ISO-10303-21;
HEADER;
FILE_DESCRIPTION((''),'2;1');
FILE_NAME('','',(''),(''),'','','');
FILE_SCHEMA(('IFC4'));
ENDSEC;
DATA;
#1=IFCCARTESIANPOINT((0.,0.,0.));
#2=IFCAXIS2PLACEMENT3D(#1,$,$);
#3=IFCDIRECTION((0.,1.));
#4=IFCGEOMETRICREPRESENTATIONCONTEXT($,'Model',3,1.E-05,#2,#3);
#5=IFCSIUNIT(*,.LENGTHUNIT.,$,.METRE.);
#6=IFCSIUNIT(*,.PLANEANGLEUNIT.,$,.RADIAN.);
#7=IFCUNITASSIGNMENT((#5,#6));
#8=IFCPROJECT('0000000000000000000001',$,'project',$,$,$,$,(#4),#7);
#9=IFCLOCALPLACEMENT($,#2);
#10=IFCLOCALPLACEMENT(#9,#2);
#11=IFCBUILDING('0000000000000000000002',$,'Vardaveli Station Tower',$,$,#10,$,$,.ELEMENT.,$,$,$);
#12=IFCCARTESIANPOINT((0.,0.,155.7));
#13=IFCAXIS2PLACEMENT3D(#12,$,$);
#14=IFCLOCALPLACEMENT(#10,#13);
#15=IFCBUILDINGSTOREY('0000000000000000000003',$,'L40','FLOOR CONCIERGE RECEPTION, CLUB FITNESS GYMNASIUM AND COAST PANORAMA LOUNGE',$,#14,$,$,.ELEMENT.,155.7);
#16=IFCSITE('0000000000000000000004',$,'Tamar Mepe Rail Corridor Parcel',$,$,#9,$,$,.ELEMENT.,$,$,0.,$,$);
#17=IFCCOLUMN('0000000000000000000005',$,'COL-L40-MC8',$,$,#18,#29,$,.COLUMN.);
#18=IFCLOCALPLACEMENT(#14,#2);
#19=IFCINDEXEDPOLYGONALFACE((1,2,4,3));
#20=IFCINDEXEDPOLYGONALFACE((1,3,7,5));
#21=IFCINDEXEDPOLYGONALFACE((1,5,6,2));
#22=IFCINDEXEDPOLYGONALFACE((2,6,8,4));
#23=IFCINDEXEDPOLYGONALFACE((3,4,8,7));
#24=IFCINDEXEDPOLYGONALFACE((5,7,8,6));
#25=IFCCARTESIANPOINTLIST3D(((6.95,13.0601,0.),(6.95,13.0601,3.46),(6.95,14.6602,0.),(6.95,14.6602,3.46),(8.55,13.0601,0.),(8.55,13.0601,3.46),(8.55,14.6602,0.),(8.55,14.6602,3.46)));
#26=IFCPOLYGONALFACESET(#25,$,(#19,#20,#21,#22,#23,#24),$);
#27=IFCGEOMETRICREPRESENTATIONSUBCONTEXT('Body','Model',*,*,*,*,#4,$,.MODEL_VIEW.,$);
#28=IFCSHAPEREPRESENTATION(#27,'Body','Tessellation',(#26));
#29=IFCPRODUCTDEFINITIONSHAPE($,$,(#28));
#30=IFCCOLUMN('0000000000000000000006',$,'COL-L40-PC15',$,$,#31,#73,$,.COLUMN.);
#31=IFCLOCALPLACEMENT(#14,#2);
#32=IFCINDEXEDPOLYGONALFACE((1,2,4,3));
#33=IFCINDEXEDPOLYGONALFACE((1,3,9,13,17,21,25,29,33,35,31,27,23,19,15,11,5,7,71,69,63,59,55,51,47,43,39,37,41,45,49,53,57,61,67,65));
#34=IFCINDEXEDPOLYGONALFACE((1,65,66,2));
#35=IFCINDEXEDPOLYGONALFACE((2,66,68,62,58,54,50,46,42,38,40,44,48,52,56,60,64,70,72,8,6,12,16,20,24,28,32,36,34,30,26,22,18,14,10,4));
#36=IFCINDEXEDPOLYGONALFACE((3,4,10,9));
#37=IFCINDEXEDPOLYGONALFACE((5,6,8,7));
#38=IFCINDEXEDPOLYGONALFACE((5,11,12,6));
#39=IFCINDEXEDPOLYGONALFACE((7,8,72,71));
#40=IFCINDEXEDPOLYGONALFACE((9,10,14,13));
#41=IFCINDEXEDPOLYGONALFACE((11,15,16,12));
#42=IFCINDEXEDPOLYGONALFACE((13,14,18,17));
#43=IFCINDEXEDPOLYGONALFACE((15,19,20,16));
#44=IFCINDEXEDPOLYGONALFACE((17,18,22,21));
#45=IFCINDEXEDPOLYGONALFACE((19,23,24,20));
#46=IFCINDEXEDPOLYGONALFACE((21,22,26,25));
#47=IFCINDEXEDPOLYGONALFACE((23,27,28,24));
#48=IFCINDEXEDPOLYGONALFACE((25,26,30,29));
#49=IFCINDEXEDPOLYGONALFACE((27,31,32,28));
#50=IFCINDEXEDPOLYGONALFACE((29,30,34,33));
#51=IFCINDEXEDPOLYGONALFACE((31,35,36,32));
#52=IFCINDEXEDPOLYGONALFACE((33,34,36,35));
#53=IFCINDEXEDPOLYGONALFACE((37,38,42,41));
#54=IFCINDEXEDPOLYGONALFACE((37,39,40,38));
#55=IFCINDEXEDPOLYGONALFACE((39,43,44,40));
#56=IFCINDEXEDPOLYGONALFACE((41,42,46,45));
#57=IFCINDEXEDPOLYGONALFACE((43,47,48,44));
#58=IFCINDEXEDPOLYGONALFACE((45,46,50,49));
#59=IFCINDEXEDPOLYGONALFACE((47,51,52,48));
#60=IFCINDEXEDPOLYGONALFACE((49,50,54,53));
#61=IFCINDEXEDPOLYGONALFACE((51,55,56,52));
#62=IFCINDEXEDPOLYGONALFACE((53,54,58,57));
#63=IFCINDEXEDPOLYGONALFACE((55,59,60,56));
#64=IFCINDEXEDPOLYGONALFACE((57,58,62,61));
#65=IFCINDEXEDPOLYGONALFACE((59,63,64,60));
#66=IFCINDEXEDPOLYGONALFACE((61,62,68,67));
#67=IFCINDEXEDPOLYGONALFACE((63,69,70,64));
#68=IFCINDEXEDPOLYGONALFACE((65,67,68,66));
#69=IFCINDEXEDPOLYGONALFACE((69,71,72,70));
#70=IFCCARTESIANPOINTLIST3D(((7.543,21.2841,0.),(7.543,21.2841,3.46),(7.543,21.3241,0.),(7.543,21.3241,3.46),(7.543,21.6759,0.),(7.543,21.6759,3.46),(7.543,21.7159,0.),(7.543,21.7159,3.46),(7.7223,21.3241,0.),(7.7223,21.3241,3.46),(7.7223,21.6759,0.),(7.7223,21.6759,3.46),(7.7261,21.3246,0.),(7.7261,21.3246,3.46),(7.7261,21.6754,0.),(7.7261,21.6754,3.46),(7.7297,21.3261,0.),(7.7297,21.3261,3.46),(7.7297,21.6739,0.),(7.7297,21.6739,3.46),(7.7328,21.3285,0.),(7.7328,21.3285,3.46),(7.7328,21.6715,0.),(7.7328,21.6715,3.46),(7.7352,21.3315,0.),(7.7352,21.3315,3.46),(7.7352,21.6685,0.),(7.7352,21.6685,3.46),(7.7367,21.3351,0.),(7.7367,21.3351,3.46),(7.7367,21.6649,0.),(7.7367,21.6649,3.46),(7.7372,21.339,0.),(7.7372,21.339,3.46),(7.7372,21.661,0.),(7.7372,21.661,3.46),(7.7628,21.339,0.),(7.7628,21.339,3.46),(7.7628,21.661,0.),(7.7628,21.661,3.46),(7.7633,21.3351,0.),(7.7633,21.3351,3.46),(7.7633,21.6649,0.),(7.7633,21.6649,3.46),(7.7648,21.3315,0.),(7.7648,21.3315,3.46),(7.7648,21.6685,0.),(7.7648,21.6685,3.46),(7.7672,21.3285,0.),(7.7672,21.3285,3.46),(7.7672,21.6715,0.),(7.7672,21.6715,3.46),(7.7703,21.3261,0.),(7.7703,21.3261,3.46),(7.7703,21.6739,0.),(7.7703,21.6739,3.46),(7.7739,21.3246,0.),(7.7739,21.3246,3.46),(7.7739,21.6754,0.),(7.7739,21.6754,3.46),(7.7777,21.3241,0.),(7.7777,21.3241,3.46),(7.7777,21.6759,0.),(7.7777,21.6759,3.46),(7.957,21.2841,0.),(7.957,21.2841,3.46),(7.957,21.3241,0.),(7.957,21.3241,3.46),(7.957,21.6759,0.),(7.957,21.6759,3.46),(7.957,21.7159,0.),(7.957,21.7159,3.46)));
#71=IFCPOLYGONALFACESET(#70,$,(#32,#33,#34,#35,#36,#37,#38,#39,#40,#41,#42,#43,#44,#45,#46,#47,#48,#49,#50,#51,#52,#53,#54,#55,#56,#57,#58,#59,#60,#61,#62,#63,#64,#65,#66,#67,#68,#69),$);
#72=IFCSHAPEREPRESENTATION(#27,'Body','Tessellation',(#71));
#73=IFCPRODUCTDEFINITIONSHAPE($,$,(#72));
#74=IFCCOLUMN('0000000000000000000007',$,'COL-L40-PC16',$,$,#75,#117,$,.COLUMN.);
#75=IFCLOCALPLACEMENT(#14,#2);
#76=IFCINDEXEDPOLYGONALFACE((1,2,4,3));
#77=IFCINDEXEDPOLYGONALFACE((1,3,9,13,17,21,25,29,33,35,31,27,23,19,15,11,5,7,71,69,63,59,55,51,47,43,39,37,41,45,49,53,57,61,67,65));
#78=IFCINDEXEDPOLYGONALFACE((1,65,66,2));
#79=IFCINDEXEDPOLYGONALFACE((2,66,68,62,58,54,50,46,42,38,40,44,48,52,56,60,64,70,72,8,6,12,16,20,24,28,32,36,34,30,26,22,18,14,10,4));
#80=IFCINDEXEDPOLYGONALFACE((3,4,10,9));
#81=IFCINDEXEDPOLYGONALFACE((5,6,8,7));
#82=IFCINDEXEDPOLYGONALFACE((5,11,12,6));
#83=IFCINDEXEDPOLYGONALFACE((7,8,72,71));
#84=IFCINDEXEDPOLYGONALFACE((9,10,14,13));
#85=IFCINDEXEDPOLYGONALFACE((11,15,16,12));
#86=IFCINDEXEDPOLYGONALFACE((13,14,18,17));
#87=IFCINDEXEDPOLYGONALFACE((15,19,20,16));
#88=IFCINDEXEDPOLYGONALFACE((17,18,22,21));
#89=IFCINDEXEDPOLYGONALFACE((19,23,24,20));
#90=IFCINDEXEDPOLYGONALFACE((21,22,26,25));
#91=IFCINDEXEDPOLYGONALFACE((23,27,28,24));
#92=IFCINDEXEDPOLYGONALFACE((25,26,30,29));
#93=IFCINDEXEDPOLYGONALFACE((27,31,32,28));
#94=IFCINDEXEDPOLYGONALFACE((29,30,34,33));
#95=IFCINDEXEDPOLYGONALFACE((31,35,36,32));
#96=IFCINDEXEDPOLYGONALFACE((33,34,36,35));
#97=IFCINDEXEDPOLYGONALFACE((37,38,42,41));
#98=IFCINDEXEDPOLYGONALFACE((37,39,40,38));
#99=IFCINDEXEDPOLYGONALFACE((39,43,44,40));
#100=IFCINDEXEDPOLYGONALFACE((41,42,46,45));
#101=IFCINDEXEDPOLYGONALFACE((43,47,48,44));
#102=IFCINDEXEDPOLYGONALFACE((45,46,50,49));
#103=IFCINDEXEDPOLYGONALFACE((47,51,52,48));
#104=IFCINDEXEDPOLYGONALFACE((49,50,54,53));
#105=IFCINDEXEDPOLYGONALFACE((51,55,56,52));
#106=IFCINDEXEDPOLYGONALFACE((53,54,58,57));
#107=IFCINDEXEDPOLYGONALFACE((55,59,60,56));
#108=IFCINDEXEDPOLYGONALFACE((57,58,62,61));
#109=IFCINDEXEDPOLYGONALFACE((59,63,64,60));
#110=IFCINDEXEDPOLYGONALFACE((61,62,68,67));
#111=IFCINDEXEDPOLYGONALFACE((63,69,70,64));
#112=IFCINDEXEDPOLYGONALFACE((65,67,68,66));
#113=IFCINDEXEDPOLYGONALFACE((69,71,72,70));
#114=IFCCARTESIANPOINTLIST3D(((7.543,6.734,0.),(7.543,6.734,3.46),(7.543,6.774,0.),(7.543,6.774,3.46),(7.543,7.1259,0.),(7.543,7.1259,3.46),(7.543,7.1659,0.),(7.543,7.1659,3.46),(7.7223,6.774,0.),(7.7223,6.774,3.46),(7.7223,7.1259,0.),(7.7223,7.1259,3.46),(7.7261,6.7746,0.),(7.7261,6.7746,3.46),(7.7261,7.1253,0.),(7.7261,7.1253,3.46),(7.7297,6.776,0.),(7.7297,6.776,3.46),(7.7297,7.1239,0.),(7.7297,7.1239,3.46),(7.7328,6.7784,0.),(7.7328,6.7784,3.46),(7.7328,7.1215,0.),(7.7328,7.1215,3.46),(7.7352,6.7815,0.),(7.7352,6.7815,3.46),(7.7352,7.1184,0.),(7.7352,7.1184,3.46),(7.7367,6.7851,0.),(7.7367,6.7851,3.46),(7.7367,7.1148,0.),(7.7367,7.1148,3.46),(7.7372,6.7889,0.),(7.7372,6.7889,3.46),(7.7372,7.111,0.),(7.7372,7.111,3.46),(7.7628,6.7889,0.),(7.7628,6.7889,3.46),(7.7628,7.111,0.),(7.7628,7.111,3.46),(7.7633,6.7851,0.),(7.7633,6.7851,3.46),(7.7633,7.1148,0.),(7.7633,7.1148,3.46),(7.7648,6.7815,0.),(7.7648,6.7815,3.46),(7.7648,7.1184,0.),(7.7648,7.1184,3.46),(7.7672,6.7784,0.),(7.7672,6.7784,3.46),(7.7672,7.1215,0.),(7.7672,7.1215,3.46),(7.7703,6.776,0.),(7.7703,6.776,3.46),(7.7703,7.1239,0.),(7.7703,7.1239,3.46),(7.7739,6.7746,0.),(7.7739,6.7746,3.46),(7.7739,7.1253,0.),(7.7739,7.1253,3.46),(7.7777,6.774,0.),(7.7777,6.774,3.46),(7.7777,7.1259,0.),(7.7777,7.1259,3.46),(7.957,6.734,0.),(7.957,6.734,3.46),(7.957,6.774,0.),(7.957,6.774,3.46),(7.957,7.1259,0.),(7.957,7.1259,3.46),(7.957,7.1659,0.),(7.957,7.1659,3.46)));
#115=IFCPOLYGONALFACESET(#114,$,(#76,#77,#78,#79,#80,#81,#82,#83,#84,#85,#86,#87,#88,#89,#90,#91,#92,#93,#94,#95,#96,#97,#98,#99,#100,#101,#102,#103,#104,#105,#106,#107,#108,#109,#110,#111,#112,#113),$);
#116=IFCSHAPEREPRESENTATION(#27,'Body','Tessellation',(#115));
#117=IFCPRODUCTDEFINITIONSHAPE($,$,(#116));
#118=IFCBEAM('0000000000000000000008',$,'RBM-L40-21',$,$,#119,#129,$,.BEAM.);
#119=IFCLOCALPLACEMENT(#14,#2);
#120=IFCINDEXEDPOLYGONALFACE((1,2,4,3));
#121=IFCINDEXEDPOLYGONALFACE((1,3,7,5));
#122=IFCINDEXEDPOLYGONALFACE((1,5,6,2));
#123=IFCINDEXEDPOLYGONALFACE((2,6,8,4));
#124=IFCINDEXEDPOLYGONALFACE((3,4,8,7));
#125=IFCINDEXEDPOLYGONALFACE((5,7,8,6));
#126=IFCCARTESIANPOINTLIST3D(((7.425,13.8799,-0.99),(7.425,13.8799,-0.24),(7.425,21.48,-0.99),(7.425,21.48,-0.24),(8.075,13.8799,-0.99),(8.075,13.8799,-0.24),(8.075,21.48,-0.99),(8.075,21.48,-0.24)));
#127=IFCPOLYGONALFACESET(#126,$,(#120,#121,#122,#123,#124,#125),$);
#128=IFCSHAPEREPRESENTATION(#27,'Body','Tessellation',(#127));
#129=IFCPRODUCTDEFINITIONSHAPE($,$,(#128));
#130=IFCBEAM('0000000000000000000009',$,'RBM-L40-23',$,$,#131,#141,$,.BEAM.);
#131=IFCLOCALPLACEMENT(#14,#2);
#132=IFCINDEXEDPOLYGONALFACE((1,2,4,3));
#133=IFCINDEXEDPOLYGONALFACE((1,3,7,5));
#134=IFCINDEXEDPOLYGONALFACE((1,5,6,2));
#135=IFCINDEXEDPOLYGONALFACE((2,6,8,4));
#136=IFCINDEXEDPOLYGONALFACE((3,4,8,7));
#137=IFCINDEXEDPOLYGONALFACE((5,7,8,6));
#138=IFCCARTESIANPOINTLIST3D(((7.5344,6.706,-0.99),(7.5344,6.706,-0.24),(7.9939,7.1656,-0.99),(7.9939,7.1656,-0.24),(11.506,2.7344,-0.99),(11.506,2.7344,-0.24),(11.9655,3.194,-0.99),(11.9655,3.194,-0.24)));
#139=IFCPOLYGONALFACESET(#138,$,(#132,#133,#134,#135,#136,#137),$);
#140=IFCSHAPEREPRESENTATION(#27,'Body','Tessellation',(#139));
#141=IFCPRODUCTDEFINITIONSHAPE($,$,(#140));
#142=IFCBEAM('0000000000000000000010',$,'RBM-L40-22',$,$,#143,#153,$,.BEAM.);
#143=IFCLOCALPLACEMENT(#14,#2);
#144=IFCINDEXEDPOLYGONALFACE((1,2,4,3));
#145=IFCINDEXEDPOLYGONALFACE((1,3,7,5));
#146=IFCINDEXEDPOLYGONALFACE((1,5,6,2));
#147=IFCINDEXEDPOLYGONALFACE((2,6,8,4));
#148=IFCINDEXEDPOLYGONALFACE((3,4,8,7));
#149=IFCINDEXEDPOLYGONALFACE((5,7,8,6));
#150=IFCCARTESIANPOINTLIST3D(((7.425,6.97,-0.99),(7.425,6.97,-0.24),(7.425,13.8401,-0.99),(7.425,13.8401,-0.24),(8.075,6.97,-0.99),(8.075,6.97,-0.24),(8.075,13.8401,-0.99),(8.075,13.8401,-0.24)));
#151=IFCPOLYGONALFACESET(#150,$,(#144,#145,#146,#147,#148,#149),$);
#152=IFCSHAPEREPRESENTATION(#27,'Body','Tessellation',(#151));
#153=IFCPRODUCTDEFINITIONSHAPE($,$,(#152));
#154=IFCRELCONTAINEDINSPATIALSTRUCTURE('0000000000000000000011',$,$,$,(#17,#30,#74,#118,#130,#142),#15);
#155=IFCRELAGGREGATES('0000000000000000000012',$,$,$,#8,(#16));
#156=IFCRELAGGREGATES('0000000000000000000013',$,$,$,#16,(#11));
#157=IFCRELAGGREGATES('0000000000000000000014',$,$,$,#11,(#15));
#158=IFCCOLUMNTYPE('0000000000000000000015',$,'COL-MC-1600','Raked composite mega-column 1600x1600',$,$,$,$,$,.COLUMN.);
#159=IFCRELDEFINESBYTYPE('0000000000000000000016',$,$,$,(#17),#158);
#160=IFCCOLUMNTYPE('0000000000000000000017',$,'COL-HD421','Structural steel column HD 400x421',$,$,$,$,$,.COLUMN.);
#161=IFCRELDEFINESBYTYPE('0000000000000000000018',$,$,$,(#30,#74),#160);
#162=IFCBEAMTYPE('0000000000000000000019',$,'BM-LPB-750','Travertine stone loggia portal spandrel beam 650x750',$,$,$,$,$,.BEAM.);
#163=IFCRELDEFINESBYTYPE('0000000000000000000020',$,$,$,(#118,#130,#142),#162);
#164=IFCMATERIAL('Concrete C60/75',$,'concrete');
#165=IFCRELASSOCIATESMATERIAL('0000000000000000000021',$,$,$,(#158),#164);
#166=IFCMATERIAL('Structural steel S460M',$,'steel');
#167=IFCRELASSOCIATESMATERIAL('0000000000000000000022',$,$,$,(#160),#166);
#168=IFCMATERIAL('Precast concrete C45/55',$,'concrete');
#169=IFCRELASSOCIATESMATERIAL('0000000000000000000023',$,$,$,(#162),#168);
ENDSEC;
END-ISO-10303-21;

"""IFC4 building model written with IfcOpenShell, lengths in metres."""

from ifc_helpers import new_model, si_unit, direction, frame, origin, origin_2d, place, context, subcontext, project, spatial, rectangle, i_section, extrude, source, transform, mapped, material, material_profile, profile_set, type_object, element, save


model = new_model("IFC4")

# Units and contexts
model_context = context("Model", 3, precision=1e-05, world=origin(), true_north=direction((0.0, 1.0)))
body_context = subcontext(model_context, "Body", "Model", "MODEL_VIEW")
ifc_project = project(units=[si_unit("LENGTHUNIT", "METRE"), si_unit("PLANEANGLEUNIT", "RADIAN")], contexts=[model_context])

# Site, building, storey
site_placement = place(None, origin())
site = spatial("IfcSite", under=ifc_project, at=site_placement, Name="Tamar Mepe Rail Corridor Parcel", CompositionType="ELEMENT", RefElevation=0.0)
building_placement = place(site_placement, origin())
building = spatial("IfcBuilding", under=site, at=building_placement, Name="Vardaveli Station Tower", CompositionType="ELEMENT")
storey_placement = place(building_placement, frame((0.0, 0.0, 155.7)))
storey = spatial("IfcBuildingStorey", under=building, at=storey_placement, Name="L40", Description="FLOOR CONCIERGE RECEPTION, CLUB FITNESS GYMNASIUM AND COAST PANORAMA LOUNGE", CompositionType="ELEMENT", Elevation=155.7)

# Columns
ifc_material_1 = material(Name="Concrete C60/75", Category="concrete")
ifc_material_profile_1 = material_profile(ifc_material_1, rectangle(XDim=1.6001, YDim=1.6001, at=origin_2d()), Name="MC 1600x1600")
ifc_profile_set_1 = profile_set([ifc_material_profile_1], Name="Concrete C60/75")
column_type_1 = type_object("IfcColumnType", Name="COL-MC-1600", Description="Raked composite mega-column 1600x1600", PredefinedType="COLUMN", material=ifc_profile_set_1)
shared_shape_1 = source(origin(), body_context, "Body", "SweptSolid", [
    extrude(rectangle(XDim=1.6001, YDim=1.6001, at=origin_2d()), origin(), (0.0, 0.0, 1.0), 3.46),
])
column_placement = place(storey_placement, frame((7.75, 13.8601, 0.0), z_axis=(0.0, 0.0, 1.0), x_axis=(1.0, 0.0, 0.0)))
element("IfcColumn", 1, at=column_placement, inside=storey, type_object=column_type_1, Name="COL-L40-MC8", PredefinedType="COLUMN", context=body_context, shape_type="MappedRepresentation", body=[
    mapped(shared_shape_1, transform((0.0, 0.0, 0.0), scale=1.0)),
])
ifc_material_2 = material(Name="Structural steel S460M", Category="steel")
ifc_material_profile_2 = material_profile(ifc_material_2, i_section(OverallWidth=0.4141, OverallDepth=0.4319, WebThickness=0.0256, FlangeThickness=0.04, FilletRadius=0.0149, at=origin_2d()), Name="HD 400x421")
ifc_profile_set_2 = profile_set([ifc_material_profile_2], Name="Structural steel S460M")
column_type_2 = type_object("IfcColumnType", Name="COL-HD421", Description="Structural steel column HD 400x421", PredefinedType="COLUMN", material=ifc_profile_set_2)
shared_shape_2 = source(origin(), body_context, "Body", "SweptSolid", [
    extrude(i_section(OverallWidth=0.4141, OverallDepth=0.4319, WebThickness=0.0256, FlangeThickness=0.04, FilletRadius=0.0149, at=origin_2d()), origin(), (0.0, 0.0, 1.0), 3.46),
])
for number, where, z_axis, x_axis, name in (
    (2, (7.75, 21.5, 0.0), (0.0, 0.0, 1.0), (1.0, 0.0, 0.0), "COL-L40-PC15"),
    (3, (7.75, 6.95, 0.0), (0.0, 0.0, 1.0), (1.0, 0.0, 0.0), "COL-L40-PC16"),
):
    element("IfcColumn", number, at=place(storey_placement, frame(where, z_axis=z_axis, x_axis=x_axis)), inside=storey, type_object=column_type_2, Name=name, PredefinedType="COLUMN", context=body_context, shape_type="MappedRepresentation", body=[
        mapped(shared_shape_2, transform((0.0, 0.0, 0.0), scale=1.0)),
    ])

# Beams
ifc_material_3 = material(Name="Precast concrete C45/55", Category="concrete")
ifc_material_profile_3 = material_profile(ifc_material_3, rectangle(XDim=0.6499, YDim=0.75, at=origin_2d()), Name="LPB 650x750")
ifc_profile_set_3 = profile_set([ifc_material_profile_3], Name="Precast concrete C45/55")
beam_type_1 = type_object("IfcBeamType", Name="BM-LPB-750", Description="Travertine stone loggia portal spandrel beam 650x750", PredefinedType="BEAM", material=ifc_profile_set_3)
shared_shape_3 = source(origin(), body_context, "Body", "SweptSolid", [
    extrude(rectangle(XDim=0.6499, YDim=0.75, at=origin_2d()), origin(), (0.0, 0.0, 1.0), 7.6001),
])
beam_1_placement = place(storey_placement, frame((7.75, 21.48, -0.615), z_axis=(0.0, -1.0, 0.0), x_axis=(1.0, 0.0, 0.0)))
element("IfcBeam", 4, at=beam_1_placement, inside=storey, type_object=beam_type_1, Name="RBM-L40-21", PredefinedType="BEAM", context=body_context, shape_type="MappedRepresentation", body=[
    mapped(shared_shape_3, transform((0.0, 0.0, 0.0), scale=1.0)),
])
shared_shape_4 = source(origin(), body_context, "Body", "SweptSolid", [
    extrude(rectangle(XDim=0.6499, YDim=0.75, at=origin_2d()), origin(), (0.0, 0.0, 1.0), 5.6167),
])
beam_2_placement = place(storey_placement, frame((7.7642, 6.9358, -0.615), z_axis=(0.707107, -0.707107, 0.0), x_axis=(0.707107, 0.707107, 0.0)))
element("IfcBeam", 5, at=beam_2_placement, inside=storey, type_object=beam_type_1, Name="RBM-L40-23", PredefinedType="BEAM", context=body_context, shape_type="MappedRepresentation", body=[
    mapped(shared_shape_4, transform((0.0, 0.0, 0.0), scale=1.0)),
])
shared_shape_5 = source(origin(), body_context, "Body", "SweptSolid", [
    extrude(rectangle(XDim=0.6499, YDim=0.75, at=origin_2d()), origin(), (0.0, 0.0, 1.0), 6.8701),
])
beam_3_placement = place(storey_placement, frame((7.75, 13.8401, -0.615), z_axis=(0.0, -1.0, 0.0), x_axis=(1.0, 0.0, 0.0)))
element("IfcBeam", 6, at=beam_3_placement, inside=storey, type_object=beam_type_1, Name="RBM-L40-22", PredefinedType="BEAM", context=body_context, shape_type="MappedRepresentation", body=[
    mapped(shared_shape_5, transform((0.0, 0.0, 0.0), scale=1.0)),
])

save(model, "model.ifc")
